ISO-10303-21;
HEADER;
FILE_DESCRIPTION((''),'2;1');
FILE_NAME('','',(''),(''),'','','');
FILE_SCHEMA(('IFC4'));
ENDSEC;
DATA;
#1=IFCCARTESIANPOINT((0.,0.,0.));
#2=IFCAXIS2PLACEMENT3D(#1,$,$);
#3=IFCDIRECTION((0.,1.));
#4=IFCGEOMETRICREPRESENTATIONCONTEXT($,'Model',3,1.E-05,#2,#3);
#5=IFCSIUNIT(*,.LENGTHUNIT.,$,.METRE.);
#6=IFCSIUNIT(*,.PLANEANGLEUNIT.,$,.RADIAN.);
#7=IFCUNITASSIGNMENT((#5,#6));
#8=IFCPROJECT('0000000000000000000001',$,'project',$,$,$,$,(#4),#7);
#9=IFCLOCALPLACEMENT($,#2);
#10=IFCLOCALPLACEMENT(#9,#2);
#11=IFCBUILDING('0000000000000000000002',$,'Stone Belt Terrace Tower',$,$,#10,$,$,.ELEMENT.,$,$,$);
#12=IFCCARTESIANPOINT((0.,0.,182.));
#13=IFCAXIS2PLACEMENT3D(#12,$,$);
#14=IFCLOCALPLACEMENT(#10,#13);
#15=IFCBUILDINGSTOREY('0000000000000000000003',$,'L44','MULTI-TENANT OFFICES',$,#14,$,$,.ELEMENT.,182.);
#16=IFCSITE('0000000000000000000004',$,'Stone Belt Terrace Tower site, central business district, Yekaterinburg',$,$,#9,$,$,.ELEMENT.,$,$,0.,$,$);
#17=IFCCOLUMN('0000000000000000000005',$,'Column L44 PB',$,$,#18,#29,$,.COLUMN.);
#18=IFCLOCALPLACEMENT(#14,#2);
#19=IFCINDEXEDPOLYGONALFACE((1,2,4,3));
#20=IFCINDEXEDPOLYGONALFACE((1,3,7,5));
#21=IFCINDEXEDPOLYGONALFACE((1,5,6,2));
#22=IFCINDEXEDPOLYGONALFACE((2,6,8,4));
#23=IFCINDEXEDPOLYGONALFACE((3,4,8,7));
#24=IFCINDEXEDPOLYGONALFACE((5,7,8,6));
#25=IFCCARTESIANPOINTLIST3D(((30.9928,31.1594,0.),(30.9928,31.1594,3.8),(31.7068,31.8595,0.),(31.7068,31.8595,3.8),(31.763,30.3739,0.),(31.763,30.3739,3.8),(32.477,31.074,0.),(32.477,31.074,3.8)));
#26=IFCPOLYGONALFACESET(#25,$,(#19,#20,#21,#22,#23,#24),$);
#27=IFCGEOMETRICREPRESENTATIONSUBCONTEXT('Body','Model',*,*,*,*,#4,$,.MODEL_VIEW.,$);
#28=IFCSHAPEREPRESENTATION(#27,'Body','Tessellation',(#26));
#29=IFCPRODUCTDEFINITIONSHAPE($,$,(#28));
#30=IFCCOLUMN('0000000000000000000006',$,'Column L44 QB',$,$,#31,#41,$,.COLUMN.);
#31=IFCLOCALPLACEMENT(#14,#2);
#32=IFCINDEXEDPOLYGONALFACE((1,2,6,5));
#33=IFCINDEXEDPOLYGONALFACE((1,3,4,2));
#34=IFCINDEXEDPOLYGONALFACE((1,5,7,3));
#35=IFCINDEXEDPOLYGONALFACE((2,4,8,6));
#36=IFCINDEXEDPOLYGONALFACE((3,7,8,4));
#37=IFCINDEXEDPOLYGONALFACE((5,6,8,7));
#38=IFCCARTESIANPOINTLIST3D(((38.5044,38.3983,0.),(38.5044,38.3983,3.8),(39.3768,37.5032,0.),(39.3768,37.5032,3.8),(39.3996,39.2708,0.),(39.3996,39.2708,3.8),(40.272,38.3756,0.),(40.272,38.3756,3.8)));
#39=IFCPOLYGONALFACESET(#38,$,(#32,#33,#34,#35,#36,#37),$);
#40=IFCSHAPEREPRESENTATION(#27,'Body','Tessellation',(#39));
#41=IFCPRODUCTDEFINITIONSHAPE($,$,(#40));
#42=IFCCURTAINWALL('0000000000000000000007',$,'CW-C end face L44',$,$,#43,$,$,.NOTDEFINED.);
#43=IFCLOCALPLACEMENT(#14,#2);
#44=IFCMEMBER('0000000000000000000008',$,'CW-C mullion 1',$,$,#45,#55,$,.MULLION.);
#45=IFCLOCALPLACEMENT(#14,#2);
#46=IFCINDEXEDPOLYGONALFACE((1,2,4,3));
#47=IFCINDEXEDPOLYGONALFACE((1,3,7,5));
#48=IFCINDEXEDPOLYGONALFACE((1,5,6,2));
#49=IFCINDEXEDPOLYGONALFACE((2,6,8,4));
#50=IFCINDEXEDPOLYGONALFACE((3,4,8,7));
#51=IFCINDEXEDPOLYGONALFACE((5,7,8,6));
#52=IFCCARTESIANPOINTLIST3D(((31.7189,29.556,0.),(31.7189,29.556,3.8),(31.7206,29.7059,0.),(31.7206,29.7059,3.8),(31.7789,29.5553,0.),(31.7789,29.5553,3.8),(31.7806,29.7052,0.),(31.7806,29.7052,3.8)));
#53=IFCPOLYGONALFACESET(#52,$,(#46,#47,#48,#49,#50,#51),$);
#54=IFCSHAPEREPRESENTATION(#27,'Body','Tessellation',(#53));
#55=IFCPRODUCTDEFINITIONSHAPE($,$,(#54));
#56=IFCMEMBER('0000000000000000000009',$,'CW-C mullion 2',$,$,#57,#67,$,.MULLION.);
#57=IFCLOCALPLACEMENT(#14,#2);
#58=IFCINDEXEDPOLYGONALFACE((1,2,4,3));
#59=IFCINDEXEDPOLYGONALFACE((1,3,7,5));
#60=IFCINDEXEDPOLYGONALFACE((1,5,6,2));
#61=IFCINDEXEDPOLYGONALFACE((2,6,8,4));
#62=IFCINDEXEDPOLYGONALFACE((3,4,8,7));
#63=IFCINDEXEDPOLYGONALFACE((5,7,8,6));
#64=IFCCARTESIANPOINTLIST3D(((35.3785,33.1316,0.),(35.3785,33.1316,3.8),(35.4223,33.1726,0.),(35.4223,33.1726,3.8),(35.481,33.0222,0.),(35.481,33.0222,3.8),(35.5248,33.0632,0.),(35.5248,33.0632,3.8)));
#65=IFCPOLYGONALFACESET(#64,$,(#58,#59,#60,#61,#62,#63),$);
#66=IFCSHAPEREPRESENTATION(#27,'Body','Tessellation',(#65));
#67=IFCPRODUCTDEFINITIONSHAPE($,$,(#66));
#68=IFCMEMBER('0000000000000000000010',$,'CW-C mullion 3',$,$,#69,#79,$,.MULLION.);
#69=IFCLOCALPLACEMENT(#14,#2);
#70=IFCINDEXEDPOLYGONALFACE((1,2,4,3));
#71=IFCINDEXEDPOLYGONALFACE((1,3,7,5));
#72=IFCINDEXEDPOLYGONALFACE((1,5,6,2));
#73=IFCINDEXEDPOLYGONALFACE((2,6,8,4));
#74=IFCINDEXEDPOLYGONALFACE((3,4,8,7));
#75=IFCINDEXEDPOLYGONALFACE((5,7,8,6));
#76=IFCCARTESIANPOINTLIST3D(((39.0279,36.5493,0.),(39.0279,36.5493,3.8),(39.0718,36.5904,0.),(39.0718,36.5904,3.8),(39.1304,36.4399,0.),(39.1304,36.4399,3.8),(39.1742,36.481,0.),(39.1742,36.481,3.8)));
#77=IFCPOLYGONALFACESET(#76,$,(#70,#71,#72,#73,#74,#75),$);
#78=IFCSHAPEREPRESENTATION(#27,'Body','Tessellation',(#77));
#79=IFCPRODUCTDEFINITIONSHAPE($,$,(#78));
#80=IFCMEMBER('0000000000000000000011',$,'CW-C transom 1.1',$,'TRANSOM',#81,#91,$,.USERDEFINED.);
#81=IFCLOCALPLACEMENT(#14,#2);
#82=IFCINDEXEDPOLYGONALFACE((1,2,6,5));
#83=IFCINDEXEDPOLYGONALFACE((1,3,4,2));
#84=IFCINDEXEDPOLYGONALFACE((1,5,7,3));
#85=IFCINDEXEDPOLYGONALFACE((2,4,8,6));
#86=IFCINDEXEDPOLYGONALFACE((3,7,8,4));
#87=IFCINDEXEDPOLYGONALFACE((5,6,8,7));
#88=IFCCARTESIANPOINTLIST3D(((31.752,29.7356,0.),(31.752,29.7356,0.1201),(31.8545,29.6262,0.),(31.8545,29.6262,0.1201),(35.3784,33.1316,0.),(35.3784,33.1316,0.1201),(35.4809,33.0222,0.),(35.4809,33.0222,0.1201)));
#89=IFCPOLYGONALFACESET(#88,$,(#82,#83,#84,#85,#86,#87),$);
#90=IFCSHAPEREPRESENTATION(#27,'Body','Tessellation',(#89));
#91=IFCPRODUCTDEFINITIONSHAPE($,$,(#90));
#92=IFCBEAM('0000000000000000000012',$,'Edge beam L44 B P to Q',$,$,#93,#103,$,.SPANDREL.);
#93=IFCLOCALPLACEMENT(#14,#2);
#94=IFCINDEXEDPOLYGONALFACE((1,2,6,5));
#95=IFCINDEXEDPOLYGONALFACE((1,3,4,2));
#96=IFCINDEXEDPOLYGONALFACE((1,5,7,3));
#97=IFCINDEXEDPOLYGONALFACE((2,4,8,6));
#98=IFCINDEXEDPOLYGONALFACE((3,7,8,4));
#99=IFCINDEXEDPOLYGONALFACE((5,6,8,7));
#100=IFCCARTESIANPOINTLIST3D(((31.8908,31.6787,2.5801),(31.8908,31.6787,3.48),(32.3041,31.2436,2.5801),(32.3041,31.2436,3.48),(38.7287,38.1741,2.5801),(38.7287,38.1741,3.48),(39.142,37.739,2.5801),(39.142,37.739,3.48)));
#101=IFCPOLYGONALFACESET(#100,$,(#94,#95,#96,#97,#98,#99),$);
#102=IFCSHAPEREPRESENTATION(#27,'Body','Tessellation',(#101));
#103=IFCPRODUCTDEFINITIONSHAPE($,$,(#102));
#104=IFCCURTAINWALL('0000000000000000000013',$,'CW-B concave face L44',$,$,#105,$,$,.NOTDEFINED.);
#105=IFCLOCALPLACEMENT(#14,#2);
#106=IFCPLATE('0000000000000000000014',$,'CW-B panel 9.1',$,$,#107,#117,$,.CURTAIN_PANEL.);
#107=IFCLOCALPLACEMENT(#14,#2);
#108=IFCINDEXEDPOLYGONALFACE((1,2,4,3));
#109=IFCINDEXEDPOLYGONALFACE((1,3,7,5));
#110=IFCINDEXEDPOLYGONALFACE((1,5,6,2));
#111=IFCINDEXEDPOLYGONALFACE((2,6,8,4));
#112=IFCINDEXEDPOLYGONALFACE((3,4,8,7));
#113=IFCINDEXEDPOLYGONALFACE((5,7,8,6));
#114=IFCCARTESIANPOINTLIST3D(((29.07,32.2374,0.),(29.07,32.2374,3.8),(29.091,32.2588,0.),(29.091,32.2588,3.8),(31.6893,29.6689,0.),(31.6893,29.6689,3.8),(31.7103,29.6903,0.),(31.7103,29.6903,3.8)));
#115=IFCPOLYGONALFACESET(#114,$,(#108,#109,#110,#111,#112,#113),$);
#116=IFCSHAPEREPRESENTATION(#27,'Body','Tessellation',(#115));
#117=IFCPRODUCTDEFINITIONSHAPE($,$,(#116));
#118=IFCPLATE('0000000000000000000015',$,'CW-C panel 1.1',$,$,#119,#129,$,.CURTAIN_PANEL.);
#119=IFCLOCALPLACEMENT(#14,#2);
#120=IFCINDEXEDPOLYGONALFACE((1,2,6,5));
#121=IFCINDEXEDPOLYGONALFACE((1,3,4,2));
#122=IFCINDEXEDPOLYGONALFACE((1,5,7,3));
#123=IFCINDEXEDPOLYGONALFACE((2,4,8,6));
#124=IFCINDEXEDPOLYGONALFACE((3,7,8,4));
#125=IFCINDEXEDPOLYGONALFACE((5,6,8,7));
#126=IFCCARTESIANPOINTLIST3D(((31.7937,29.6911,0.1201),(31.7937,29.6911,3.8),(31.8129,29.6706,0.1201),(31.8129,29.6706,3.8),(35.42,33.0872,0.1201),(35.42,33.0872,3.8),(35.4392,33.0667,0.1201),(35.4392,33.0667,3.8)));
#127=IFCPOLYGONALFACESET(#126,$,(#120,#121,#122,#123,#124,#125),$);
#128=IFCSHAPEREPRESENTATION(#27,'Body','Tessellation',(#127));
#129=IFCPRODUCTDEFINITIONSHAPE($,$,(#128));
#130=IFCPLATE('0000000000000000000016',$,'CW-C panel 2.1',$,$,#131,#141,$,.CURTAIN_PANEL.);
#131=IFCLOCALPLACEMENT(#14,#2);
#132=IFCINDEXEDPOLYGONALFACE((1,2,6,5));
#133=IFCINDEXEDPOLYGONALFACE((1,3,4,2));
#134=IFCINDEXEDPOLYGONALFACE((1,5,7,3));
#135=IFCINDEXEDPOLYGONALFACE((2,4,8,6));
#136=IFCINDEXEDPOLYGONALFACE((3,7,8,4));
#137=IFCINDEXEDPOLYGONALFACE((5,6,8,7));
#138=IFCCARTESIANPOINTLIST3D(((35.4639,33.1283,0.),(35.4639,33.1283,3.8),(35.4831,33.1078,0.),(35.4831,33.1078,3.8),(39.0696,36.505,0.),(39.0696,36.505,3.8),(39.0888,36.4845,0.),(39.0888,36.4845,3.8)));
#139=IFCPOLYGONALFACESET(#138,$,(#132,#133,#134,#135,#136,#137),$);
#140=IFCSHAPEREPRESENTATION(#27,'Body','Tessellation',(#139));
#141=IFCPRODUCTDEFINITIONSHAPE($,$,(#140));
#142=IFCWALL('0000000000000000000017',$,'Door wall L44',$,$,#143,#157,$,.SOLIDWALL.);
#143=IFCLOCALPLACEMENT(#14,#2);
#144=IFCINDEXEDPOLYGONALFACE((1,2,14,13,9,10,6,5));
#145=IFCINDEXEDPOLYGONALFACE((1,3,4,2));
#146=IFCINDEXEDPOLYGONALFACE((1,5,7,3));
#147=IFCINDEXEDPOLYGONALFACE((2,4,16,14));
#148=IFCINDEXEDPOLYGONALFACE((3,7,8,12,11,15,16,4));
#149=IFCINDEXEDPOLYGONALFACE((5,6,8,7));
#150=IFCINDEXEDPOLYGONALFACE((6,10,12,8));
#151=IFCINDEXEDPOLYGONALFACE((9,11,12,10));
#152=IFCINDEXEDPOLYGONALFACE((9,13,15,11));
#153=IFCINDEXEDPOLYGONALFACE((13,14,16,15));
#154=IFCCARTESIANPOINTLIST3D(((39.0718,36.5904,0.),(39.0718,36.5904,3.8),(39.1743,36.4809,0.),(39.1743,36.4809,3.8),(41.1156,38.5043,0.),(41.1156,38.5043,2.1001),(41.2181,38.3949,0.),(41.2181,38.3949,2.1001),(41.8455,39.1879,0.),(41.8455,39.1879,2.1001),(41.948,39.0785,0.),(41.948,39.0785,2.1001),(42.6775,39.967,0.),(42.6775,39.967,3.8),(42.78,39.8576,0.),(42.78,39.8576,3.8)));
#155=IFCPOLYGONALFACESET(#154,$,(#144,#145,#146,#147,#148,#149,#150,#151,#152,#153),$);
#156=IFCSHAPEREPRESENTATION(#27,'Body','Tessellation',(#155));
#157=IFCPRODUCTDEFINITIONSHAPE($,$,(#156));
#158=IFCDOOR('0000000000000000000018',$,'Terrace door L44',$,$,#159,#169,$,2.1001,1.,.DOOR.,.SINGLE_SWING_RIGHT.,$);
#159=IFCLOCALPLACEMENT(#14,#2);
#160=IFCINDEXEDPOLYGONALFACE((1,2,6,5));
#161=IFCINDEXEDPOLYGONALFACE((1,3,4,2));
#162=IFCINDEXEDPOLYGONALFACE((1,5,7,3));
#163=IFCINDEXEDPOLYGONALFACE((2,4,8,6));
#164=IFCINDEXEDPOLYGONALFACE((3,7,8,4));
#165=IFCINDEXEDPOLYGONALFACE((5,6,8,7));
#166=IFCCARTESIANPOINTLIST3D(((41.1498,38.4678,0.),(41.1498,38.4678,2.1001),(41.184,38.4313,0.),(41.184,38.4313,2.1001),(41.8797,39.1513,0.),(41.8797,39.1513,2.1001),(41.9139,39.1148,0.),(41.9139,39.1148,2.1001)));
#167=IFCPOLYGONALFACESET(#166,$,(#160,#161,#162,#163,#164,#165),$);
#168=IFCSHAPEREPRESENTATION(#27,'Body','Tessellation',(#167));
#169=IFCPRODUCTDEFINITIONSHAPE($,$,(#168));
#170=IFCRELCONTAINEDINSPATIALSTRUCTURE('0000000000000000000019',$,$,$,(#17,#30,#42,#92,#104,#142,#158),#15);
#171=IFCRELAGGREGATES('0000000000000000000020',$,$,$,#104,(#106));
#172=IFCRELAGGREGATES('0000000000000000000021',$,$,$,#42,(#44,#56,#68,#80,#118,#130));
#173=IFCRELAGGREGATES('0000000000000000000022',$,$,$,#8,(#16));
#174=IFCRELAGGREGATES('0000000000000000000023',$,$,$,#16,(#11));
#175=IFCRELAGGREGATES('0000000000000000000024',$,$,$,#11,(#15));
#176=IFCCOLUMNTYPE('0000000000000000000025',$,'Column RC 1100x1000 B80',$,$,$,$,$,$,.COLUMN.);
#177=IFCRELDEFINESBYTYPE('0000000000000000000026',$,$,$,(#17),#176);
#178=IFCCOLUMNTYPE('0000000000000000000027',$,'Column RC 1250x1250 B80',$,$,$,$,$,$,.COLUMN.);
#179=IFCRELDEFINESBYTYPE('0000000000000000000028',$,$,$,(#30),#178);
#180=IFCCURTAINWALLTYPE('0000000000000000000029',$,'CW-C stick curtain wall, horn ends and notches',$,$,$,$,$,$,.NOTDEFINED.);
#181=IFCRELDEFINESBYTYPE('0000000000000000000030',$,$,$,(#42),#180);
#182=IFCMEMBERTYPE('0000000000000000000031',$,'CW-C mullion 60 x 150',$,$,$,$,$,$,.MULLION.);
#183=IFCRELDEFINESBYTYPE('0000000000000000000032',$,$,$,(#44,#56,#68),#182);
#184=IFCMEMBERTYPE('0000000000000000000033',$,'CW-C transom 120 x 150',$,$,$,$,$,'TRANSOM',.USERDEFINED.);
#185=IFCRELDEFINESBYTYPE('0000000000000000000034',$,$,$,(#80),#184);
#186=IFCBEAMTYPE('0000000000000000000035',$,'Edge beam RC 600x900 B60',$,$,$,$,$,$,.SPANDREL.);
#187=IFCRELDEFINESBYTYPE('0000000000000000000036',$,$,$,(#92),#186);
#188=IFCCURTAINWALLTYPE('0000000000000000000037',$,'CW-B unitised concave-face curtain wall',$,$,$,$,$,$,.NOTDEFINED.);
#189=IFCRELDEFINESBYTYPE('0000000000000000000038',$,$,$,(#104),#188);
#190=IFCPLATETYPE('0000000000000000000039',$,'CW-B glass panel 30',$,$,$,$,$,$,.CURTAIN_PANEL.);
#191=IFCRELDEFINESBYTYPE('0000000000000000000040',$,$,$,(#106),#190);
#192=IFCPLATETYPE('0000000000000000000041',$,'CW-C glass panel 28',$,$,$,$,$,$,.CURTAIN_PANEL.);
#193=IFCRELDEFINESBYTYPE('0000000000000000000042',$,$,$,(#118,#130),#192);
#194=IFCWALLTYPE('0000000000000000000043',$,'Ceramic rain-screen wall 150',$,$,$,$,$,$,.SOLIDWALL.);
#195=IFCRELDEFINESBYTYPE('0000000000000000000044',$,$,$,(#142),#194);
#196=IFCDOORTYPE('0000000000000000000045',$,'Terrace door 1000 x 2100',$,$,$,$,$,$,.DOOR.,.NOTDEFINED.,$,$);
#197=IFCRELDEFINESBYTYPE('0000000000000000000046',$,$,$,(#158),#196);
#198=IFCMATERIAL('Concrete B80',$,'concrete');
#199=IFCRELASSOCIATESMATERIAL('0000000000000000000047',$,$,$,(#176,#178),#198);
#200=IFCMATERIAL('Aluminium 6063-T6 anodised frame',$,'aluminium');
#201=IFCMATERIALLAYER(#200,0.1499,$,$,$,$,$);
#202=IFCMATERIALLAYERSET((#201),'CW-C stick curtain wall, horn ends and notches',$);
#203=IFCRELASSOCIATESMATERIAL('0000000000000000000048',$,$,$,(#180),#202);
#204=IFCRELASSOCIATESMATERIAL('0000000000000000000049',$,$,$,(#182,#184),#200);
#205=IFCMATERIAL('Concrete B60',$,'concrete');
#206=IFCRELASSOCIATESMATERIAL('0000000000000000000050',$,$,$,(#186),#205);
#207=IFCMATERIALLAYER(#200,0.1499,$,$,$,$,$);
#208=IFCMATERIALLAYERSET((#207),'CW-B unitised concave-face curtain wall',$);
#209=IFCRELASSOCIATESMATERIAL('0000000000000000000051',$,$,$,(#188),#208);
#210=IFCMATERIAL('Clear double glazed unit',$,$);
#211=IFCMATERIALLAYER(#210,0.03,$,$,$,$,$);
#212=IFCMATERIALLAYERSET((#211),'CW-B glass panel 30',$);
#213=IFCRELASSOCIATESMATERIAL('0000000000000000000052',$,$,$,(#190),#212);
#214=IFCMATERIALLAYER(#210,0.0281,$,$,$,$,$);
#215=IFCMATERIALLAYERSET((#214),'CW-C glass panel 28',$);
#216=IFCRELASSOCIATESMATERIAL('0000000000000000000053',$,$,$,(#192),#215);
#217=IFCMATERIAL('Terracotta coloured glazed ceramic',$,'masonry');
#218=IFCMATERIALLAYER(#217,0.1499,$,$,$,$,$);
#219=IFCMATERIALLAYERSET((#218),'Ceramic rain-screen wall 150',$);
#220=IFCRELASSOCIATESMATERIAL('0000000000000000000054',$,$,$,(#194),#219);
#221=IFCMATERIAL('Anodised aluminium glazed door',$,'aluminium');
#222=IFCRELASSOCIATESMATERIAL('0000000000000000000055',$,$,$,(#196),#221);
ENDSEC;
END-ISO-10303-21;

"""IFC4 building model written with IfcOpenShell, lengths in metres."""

from ifc_helpers import new_model, si_unit, direction, frame, frame_2d, origin, origin_2d, place, context, subcontext, project, spatial, rectangle, extrude, material, layer, layer_set, material_profile, profile_set, type_object, element, fill, aggregate, save


model = new_model("IFC4")

# Units and contexts
model_context = context("Model", 3, precision=1e-05, world=origin(), true_north=direction((0.0, 1.0)))
body_context = subcontext(model_context, "Body", "Model", "MODEL_VIEW")
ifc_project = project(units=[si_unit("LENGTHUNIT", "METRE"), si_unit("PLANEANGLEUNIT", "RADIAN")], contexts=[model_context])

# Site, building, storey
site_placement = place(None, origin())
site = spatial("IfcSite", under=ifc_project, at=site_placement, Name="Stone Belt Terrace Tower site, central business district, Yekaterinburg", CompositionType="ELEMENT", RefElevation=0.0)
building_placement = place(site_placement, origin())
building = spatial("IfcBuilding", under=site, at=building_placement, Name="Stone Belt Terrace Tower", CompositionType="ELEMENT")
storey_placement = place(building_placement, frame((0.0, 0.0, 182.0)))
storey = spatial("IfcBuildingStorey", under=building, at=storey_placement, Name="L44", Description="MULTI-TENANT OFFICES", CompositionType="ELEMENT", Elevation=182.0)

# Columns
ifc_material_1 = material(Name="Concrete B80", Category="concrete")
ifc_material_profile_1 = material_profile(ifc_material_1, rectangle(XDim=1.1001, YDim=1.0, at=origin_2d()), Name="RC 1100x1000")
ifc_profile_set_1 = profile_set([ifc_material_profile_1], Name="Concrete B80")
column_type_1 = type_object("IfcColumnType", Name="Column RC 1100x1000 B80", PredefinedType="COLUMN", material=ifc_profile_set_1)
column_1_placement = place(storey_placement, frame((31.7349, 31.1167, 0.0), z_axis=(0.0, 0.0, 1.0), x_axis=(0.70012, -0.714026, 0.0)))
element("IfcColumn", 1, at=column_1_placement, inside=storey, type_object=column_type_1, Name="Column L44 PB", PredefinedType="COLUMN", context=body_context, shape_type="SweptSolid", body=[
    extrude(rectangle(XDim=1.1001, YDim=1.0, at=origin_2d()), origin(), (0.0, 0.0, 1.0), 3.8),
])
ifc_material_profile_2 = material_profile(ifc_material_1, rectangle(XDim=1.25, YDim=1.25, at=origin_2d()), Name="RC 1250x1250")
ifc_profile_set_2 = profile_set([ifc_material_profile_2], Name="Concrete B80")
column_type_2 = type_object("IfcColumnType", Name="Column RC 1250x1250 B80", PredefinedType="COLUMN", material=ifc_profile_set_2)
column_2_placement = place(storey_placement, frame((39.3882, 38.387, 0.0), z_axis=(0.0, 0.0, 1.0), x_axis=(0.697944, -0.716152, 0.0)))
element("IfcColumn", 2, at=column_2_placement, inside=storey, type_object=column_type_2, Name="Column L44 QB", PredefinedType="COLUMN", context=body_context, shape_type="SweptSolid", body=[
    extrude(rectangle(XDim=1.25, YDim=1.25, at=origin_2d()), origin(), (0.0, 0.0, 1.0), 3.8),
])

# Curtain wall, members
ifc_material_2 = material(Name="Aluminium 6063-T6 anodised frame", Category="aluminium")
ifc_layer_1 = layer(ifc_material_2, 0.1499)
ifc_layer_set_1 = layer_set([ifc_layer_1], Name="CW-C stick curtain wall, horn ends and notches")
curtain_wall_type_1 = type_object("IfcCurtainWallType", Name="CW-C stick curtain wall, horn ends and notches", PredefinedType="NOTDEFINED", material=ifc_layer_set_1)
curtain_wall_1_placement = place(storey_placement, origin())
curtain_wall_1 = element("IfcCurtainWall", 3, at=curtain_wall_1_placement, inside=storey, type_object=curtain_wall_type_1, Name="CW-C end face L44", PredefinedType="NOTDEFINED")
ifc_material_profile_3 = material_profile(ifc_material_2, rectangle(XDim=0.1499, YDim=0.0601, at=origin_2d()), Name="Aluminium 6063-T6 60x150")
ifc_profile_set_3 = profile_set([ifc_material_profile_3], Name="Aluminium 6063-T6 anodised frame")
member_type_1 = type_object("IfcMemberType", Name="CW-C mullion 60 x 150", PredefinedType="MULLION", material=ifc_profile_set_3)
member_1_placement = place(storey_placement, frame((31.7498, 29.6306, 0.0), z_axis=(0.0, 0.0, 1.0), x_axis=(0.011498, 0.999934, 0.0)))
member_1 = element("IfcMember", 4, at=member_1_placement, type_object=member_type_1, Name="CW-C mullion 1", PredefinedType="MULLION", context=body_context, shape_type="SweptSolid", body=[
    extrude(rectangle(XDim=0.1499, YDim=0.0601, at=origin_2d()), origin(), (0.0, 0.0, 1.0), 3.8),
])
member_2_placement = place(storey_placement, frame((35.4517, 33.0974, 0.0), z_axis=(0.0, 0.0, 1.0), x_axis=(-0.683549, 0.729904, 0.0)))
member_2 = element("IfcMember", 5, at=member_2_placement, type_object=member_type_1, Name="CW-C mullion 2", PredefinedType="MULLION", context=body_context, shape_type="SweptSolid", body=[
    extrude(rectangle(XDim=0.1499, YDim=0.0601, at=origin_2d()), origin(), (0.0, 0.0, 1.0), 3.8),
])
member_3_placement = place(storey_placement, frame((39.1011, 36.5151, 0.0), z_axis=(0.0, 0.0, 1.0), x_axis=(-0.683549, 0.729904, 0.0)))
member_3 = element("IfcMember", 6, at=member_3_placement, type_object=member_type_1, Name="CW-C mullion 3", PredefinedType="MULLION", context=body_context, shape_type="SweptSolid", body=[
    extrude(rectangle(XDim=0.1499, YDim=0.0601, at=origin_2d()), origin(), (0.0, 0.0, 1.0), 3.8),
])
ifc_material_profile_4 = material_profile(ifc_material_2, rectangle(XDim=0.1499, YDim=0.1201, at=origin_2d()), Name="Aluminium 6063-T6 150x120")
ifc_profile_set_4 = profile_set([ifc_material_profile_4], Name="Aluminium 6063-T6 anodised frame")
member_type_2 = type_object("IfcMemberType", Name="CW-C transom 120 x 150", ElementType="TRANSOM", PredefinedType="USERDEFINED", material=ifc_profile_set_4)
member_4_placement = place(storey_placement, frame((31.8032, 29.6809, 0.0601), z_axis=(0.72992, 0.683532, 0.0), x_axis=(-0.683532, 0.72992, 0.0)))
member_4 = element("IfcMember", 7, at=member_4_placement, type_object=member_type_2, Name="CW-C transom 1.1", ObjectType="TRANSOM", PredefinedType="USERDEFINED", context=body_context, shape_type="SweptSolid", body=[
    extrude(rectangle(XDim=0.1499, YDim=0.1201, at=origin_2d()), origin(), (0.0, 0.0, 1.0), 4.9683),
])

# Beam
ifc_material_3 = material(Name="Concrete B60", Category="concrete")
ifc_material_profile_5 = material_profile(ifc_material_3, rectangle(XDim=0.6001, YDim=0.8999, at=origin_2d()), Name="RC 600x900")
ifc_profile_set_5 = profile_set([ifc_material_profile_5], Name="Concrete B60")
beam_type = type_object("IfcBeamType", Name="Edge beam RC 600x900 B60", PredefinedType="SPANDREL", material=ifc_profile_set_5)
beam_placement = place(storey_placement, frame((32.0974, 31.4612, 3.03), z_axis=(0.725033, 0.688714, 0.0), x_axis=(-0.688714, 0.725033, 0.0)))
element("IfcBeam", 8, at=beam_placement, inside=storey, type_object=beam_type, Name="Edge beam L44 B P to Q", PredefinedType="SPANDREL", context=body_context, shape_type="SweptSolid", body=[
    extrude(rectangle(XDim=0.6001, YDim=0.8999, at=origin_2d()), origin(), (0.0, 0.0, 1.0), 9.4312),
])

# Curtain wall, plate
ifc_layer_2 = layer(ifc_material_2, 0.1499)
ifc_layer_set_2 = layer_set([ifc_layer_2], Name="CW-B unitised concave-face curtain wall")
curtain_wall_type_2 = type_object("IfcCurtainWallType", Name="CW-B unitised concave-face curtain wall", PredefinedType="NOTDEFINED", material=ifc_layer_set_2)
curtain_wall_2_placement = place(storey_placement, origin())
curtain_wall_2 = element("IfcCurtainWall", 9, at=curtain_wall_2_placement, inside=storey, type_object=curtain_wall_type_2, Name="CW-B concave face L44", PredefinedType="NOTDEFINED")
ifc_material_4 = material(Name="Clear double glazed unit")
ifc_layer_3 = layer(ifc_material_4, 0.03)
ifc_layer_set_3 = layer_set([ifc_layer_3], Name="CW-B glass panel 30")
plate_type_1 = type_object("IfcPlateType", Name="CW-B glass panel 30", PredefinedType="CURTAIN_PANEL", material=ifc_layer_set_3)
plate_1_placement = place(storey_placement, frame((30.3901, 30.9639, 0.0), z_axis=(0.0, 0.0, 1.0), x_axis=(0.713994, -0.700152, 0.0)))
plate_1 = element("IfcPlate", 10, at=plate_1_placement, type_object=plate_type_1, Name="CW-B panel 9.1", PredefinedType="CURTAIN_PANEL", context=body_context, shape_type="SweptSolid", body=[
    extrude(rectangle(XDim=3.6685, YDim=0.03, at=origin_2d()), origin(), (0.0, 0.0, 1.0), 3.8),
])
aggregate(curtain_wall_2, [plate_1])

# Plates
ifc_layer_4 = layer(ifc_material_4, 0.0281)
ifc_layer_set_4 = layer_set([ifc_layer_4], Name="CW-C glass panel 28")
plate_type_2 = type_object("IfcPlateType", Name="CW-C glass panel 28", PredefinedType="CURTAIN_PANEL", material=ifc_layer_set_4)
plate_2_placement = place(storey_placement, frame((33.6165, 31.3789, 0.1201), z_axis=(0.0, 0.0, 1.0), x_axis=(0.729904, 0.683549, 0.0)))
plate_2 = element("IfcPlate", 11, at=plate_2_placement, type_object=plate_type_2, Name="CW-C panel 1.1", PredefinedType="CURTAIN_PANEL", context=body_context, shape_type="SweptSolid", body=[
    extrude(rectangle(XDim=4.9683, YDim=0.0281, at=origin_2d()), origin(), (0.0, 0.0, 1.0), 3.6799),
])
plate_3_placement = place(storey_placement, frame((37.2764, 34.8064, 0.0), z_axis=(0.0, 0.0, 1.0), x_axis=(0.729904, 0.683549, 0.0)))
plate_3 = element("IfcPlate", 12, at=plate_3_placement, type_object=plate_type_2, Name="CW-C panel 2.1", PredefinedType="CURTAIN_PANEL", context=body_context, shape_type="SweptSolid", body=[
    extrude(rectangle(XDim=4.9399, YDim=0.0281, at=origin_2d()), origin(), (0.0, 0.0, 1.0), 3.8),
])
aggregate(curtain_wall_1, [member_1, member_2, member_3, member_4, plate_2, plate_3])

# Wall, opening, door
ifc_material_5 = material(Name="Terracotta coloured glazed ceramic", Category="masonry")
ifc_layer_5 = layer(ifc_material_5, 0.1499)
ifc_layer_set_5 = layer_set([ifc_layer_5], Name="Ceramic rain-screen wall 150")
wall_type_1 = type_object("IfcWallType", Name="Ceramic rain-screen wall 150", PredefinedType="SOLIDWALL", material=ifc_layer_set_5)
wall_1_placement = place(storey_placement, frame((39.123, 36.5356, 0.0), z_axis=(0.0, 0.0, 1.0), x_axis=(0.729905, 0.683548, 0.0)))
wall_1 = element("IfcWall", 13, at=wall_1_placement, inside=storey, type_object=wall_type_1, Name="Door wall L44", PredefinedType="SOLIDWALL", context=body_context, shape_type="SweptSolid", body=[
    extrude(rectangle(XDim=4.9399, YDim=0.1499, at=frame_2d((2.47, 0.0))), origin(), (0.0, 0.0, 1.0), 3.8),
])
opening_1_placement = place(wall_1_placement, frame((2.8, 0.0, 0.0)))
opening_1 = element("IfcOpeningElement", 14, at=opening_1_placement, cuts=wall_1, PredefinedType="OPENING", context=body_context, shape_type="SweptSolid", body=[
    extrude(rectangle(XDim=1.0, YDim=2.1001, at=frame_2d((0.5, 1.05))), frame((0.0, 0.085, 0.0), z_axis=(0.0, -1.0, 0.0), x_axis=(1.0, 0.0, 0.0)), (0.0, 0.0, 1.0), 0.1699),
])
ifc_material_6 = material(Name="Anodised aluminium glazed door", Category="aluminium")
door_type_1 = type_object("IfcDoorType", Name="Terrace door 1000 x 2100", OperationType="NOTDEFINED", PredefinedType="DOOR", material=ifc_material_6)
door_1_placement = place(opening_1_placement, origin())
door_1 = element("IfcDoor", 15, at=door_1_placement, inside=storey, type_object=door_type_1, Name="Terrace door L44", OperationType="SINGLE_SWING_RIGHT", OverallHeight=2.1001, OverallWidth=1.0, PredefinedType="DOOR", context=body_context, shape_type="SweptSolid", body=[
    extrude(rectangle(XDim=1.0, YDim=2.1001, at=frame_2d((0.5, 1.05))), frame((0.0, 0.0249, 0.0), z_axis=(0.0, -1.0, 0.0), x_axis=(1.0, 0.0, 0.0)), (0.0, 0.0, 1.0), 0.05),
])
fill(opening_1, door_1)

save(model, "model.ifc")
